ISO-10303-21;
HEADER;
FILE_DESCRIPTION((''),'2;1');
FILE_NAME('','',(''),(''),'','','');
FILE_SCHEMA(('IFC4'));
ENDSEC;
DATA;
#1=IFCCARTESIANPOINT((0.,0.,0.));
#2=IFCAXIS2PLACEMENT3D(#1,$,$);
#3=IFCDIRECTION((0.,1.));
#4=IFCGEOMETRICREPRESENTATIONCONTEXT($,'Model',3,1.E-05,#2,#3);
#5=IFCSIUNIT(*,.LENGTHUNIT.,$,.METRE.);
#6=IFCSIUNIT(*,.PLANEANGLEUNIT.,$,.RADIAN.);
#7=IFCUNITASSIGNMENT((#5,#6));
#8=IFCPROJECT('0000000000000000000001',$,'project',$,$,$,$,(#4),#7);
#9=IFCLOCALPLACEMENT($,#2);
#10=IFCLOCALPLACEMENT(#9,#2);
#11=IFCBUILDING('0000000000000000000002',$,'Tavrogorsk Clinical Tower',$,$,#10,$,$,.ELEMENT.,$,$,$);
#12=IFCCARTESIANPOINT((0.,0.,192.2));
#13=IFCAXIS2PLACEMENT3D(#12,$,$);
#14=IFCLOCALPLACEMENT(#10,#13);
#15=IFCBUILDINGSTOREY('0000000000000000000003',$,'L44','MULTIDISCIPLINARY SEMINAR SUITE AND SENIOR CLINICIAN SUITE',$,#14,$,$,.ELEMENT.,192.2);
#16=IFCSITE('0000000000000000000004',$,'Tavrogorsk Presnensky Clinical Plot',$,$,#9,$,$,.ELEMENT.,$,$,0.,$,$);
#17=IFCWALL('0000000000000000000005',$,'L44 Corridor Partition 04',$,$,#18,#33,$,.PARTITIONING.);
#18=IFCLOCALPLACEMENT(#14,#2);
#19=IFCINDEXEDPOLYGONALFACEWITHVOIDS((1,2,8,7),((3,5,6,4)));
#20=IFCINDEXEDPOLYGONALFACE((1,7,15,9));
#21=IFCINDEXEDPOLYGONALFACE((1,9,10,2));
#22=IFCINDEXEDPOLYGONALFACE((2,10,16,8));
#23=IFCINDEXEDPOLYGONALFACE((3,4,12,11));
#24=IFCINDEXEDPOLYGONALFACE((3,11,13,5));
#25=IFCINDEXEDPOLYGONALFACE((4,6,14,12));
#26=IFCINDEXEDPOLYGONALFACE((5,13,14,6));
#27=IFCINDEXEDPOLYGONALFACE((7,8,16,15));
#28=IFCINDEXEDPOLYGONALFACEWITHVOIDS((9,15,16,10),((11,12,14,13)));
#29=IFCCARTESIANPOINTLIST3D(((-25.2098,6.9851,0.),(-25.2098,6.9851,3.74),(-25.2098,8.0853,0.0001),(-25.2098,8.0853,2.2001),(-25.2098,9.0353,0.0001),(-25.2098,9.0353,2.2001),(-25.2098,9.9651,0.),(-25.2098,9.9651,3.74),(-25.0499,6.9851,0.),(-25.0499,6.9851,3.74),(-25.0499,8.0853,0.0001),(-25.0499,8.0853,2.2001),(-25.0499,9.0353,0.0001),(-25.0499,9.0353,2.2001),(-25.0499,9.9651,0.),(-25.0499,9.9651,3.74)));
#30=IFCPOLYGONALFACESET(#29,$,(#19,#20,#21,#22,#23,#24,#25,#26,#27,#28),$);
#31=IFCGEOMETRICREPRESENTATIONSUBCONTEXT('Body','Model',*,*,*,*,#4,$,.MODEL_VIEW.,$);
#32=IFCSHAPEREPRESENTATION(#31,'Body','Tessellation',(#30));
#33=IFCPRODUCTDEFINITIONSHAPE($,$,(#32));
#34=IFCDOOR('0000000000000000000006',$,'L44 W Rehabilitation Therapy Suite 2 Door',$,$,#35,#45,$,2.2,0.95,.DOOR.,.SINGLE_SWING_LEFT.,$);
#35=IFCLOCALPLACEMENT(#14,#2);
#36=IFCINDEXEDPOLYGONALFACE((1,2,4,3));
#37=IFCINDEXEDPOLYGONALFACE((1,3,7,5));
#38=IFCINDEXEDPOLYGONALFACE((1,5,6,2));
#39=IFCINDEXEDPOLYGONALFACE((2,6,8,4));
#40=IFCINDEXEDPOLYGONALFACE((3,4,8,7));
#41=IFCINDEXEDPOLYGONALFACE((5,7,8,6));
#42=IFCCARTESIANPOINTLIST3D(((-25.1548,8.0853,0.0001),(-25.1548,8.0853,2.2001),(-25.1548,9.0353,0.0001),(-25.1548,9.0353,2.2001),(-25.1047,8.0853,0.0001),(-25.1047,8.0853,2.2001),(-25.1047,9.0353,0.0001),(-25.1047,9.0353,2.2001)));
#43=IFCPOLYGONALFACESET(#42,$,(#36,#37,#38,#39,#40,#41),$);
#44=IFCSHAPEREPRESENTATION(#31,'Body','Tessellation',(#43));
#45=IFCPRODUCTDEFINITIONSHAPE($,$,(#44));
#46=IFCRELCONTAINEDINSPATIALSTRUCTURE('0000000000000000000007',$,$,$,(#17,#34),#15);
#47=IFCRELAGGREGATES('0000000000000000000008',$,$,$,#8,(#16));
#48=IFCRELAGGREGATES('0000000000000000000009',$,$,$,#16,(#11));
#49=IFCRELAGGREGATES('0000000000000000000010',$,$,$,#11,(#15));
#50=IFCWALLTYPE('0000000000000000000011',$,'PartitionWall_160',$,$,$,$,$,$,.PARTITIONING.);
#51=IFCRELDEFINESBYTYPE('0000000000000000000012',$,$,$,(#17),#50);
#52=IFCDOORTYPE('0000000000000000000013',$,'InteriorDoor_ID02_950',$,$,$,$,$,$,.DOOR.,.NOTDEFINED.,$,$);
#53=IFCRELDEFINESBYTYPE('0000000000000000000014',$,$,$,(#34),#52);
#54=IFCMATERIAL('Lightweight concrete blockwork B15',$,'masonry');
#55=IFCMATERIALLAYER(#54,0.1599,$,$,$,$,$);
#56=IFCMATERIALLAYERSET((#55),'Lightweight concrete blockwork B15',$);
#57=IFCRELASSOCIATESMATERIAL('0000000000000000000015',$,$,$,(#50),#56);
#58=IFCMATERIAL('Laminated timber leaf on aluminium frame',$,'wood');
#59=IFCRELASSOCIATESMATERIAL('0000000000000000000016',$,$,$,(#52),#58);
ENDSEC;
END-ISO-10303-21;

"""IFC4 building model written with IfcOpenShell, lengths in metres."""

from ifc_helpers import new_model, si_unit, direction, frame, frame_2d, origin, place, context, subcontext, project, spatial, rectangle, extrude, material, layer, layer_set, type_object, element, fill, save


model = new_model("IFC4")

# Units and contexts
model_context = context("Model", 3, precision=1e-05, world=origin(), true_north=direction((0.0, 1.0)))
body_context = subcontext(model_context, "Body", "Model", "MODEL_VIEW")
ifc_project = project(units=[si_unit("LENGTHUNIT", "METRE"), si_unit("PLANEANGLEUNIT", "RADIAN")], contexts=[model_context])

# Site, building, storey
site_placement = place(None, origin())
site = spatial("IfcSite", under=ifc_project, at=site_placement, Name="Tavrogorsk Presnensky Clinical Plot", CompositionType="ELEMENT", RefElevation=0.0)
building_placement = place(site_placement, origin())
building = spatial("IfcBuilding", under=site, at=building_placement, Name="Tavrogorsk Clinical Tower", CompositionType="ELEMENT")
storey_placement = place(building_placement, frame((0.0, 0.0, 192.2)))
storey = spatial("IfcBuildingStorey", under=building, at=storey_placement, Name="L44", Description="MULTIDISCIPLINARY SEMINAR SUITE AND SENIOR CLINICIAN SUITE", CompositionType="ELEMENT", Elevation=192.2)

# Wall, opening, door
ifc_material_1 = material(Name="Lightweight concrete blockwork B15", Category="masonry")
ifc_layer_1 = layer(ifc_material_1, 0.1599)
ifc_layer_set_1 = layer_set([ifc_layer_1], Name="Lightweight concrete blockwork B15")
wall_type_1 = type_object("IfcWallType", Name="PartitionWall_160", PredefinedType="PARTITIONING", material=ifc_layer_set_1)
wall_1_placement = place(storey_placement, frame((-25.1299, 6.9851, 0.0), z_axis=(0.0, 0.0, 1.0), x_axis=(0.0, 1.0, 0.0)))
wall_1 = element("IfcWall", 1, at=wall_1_placement, inside=storey, type_object=wall_type_1, Name="L44 Corridor Partition 04", PredefinedType="PARTITIONING", context=body_context, shape_type="SweptSolid", body=[
    extrude(rectangle(XDim=2.98, YDim=0.1599, at=frame_2d((1.49, 0.0))), origin(), (0.0, 0.0, 1.0), 3.74),
])
opening_1_placement = place(wall_1_placement, frame((1.1001, 0.0, 0.0)))
opening_1 = element("IfcOpeningElement", 2, at=opening_1_placement, cuts=wall_1, PredefinedType="OPENING", context=body_context, shape_type="SweptSolid", body=[
    extrude(rectangle(XDim=0.95, YDim=2.2, at=frame_2d((0.4751, 1.1001))), frame((0.0, 0.0898, 0.0), z_axis=(0.0, -1.0, 0.0), x_axis=(1.0, 0.0, 0.0)), (0.0, 0.0, 1.0), 0.1799),
])
ifc_material_2 = material(Name="Laminated timber leaf on aluminium frame", Category="wood")
door_type_1 = type_object("IfcDoorType", Name="InteriorDoor_ID02_950", OperationType="NOTDEFINED", PredefinedType="DOOR", material=ifc_material_2)
door_1_placement = place(opening_1_placement, origin())
door_1 = element("IfcDoor", 3, at=door_1_placement, inside=storey, type_object=door_type_1, Name="L44 W Rehabilitation Therapy Suite 2 Door", OperationType="SINGLE_SWING_LEFT", OverallHeight=2.2, OverallWidth=0.95, PredefinedType="DOOR", context=body_context, shape_type="SweptSolid", body=[
    extrude(rectangle(XDim=0.95, YDim=2.2, at=frame_2d((0.4751, 1.1001))), frame((0.0, 0.0249, 0.0), z_axis=(0.0, -1.0, 0.0), x_axis=(1.0, 0.0, 0.0)), (0.0, 0.0, 1.0), 0.05),
])
fill(opening_1, door_1)

save(model, "model.ifc")
